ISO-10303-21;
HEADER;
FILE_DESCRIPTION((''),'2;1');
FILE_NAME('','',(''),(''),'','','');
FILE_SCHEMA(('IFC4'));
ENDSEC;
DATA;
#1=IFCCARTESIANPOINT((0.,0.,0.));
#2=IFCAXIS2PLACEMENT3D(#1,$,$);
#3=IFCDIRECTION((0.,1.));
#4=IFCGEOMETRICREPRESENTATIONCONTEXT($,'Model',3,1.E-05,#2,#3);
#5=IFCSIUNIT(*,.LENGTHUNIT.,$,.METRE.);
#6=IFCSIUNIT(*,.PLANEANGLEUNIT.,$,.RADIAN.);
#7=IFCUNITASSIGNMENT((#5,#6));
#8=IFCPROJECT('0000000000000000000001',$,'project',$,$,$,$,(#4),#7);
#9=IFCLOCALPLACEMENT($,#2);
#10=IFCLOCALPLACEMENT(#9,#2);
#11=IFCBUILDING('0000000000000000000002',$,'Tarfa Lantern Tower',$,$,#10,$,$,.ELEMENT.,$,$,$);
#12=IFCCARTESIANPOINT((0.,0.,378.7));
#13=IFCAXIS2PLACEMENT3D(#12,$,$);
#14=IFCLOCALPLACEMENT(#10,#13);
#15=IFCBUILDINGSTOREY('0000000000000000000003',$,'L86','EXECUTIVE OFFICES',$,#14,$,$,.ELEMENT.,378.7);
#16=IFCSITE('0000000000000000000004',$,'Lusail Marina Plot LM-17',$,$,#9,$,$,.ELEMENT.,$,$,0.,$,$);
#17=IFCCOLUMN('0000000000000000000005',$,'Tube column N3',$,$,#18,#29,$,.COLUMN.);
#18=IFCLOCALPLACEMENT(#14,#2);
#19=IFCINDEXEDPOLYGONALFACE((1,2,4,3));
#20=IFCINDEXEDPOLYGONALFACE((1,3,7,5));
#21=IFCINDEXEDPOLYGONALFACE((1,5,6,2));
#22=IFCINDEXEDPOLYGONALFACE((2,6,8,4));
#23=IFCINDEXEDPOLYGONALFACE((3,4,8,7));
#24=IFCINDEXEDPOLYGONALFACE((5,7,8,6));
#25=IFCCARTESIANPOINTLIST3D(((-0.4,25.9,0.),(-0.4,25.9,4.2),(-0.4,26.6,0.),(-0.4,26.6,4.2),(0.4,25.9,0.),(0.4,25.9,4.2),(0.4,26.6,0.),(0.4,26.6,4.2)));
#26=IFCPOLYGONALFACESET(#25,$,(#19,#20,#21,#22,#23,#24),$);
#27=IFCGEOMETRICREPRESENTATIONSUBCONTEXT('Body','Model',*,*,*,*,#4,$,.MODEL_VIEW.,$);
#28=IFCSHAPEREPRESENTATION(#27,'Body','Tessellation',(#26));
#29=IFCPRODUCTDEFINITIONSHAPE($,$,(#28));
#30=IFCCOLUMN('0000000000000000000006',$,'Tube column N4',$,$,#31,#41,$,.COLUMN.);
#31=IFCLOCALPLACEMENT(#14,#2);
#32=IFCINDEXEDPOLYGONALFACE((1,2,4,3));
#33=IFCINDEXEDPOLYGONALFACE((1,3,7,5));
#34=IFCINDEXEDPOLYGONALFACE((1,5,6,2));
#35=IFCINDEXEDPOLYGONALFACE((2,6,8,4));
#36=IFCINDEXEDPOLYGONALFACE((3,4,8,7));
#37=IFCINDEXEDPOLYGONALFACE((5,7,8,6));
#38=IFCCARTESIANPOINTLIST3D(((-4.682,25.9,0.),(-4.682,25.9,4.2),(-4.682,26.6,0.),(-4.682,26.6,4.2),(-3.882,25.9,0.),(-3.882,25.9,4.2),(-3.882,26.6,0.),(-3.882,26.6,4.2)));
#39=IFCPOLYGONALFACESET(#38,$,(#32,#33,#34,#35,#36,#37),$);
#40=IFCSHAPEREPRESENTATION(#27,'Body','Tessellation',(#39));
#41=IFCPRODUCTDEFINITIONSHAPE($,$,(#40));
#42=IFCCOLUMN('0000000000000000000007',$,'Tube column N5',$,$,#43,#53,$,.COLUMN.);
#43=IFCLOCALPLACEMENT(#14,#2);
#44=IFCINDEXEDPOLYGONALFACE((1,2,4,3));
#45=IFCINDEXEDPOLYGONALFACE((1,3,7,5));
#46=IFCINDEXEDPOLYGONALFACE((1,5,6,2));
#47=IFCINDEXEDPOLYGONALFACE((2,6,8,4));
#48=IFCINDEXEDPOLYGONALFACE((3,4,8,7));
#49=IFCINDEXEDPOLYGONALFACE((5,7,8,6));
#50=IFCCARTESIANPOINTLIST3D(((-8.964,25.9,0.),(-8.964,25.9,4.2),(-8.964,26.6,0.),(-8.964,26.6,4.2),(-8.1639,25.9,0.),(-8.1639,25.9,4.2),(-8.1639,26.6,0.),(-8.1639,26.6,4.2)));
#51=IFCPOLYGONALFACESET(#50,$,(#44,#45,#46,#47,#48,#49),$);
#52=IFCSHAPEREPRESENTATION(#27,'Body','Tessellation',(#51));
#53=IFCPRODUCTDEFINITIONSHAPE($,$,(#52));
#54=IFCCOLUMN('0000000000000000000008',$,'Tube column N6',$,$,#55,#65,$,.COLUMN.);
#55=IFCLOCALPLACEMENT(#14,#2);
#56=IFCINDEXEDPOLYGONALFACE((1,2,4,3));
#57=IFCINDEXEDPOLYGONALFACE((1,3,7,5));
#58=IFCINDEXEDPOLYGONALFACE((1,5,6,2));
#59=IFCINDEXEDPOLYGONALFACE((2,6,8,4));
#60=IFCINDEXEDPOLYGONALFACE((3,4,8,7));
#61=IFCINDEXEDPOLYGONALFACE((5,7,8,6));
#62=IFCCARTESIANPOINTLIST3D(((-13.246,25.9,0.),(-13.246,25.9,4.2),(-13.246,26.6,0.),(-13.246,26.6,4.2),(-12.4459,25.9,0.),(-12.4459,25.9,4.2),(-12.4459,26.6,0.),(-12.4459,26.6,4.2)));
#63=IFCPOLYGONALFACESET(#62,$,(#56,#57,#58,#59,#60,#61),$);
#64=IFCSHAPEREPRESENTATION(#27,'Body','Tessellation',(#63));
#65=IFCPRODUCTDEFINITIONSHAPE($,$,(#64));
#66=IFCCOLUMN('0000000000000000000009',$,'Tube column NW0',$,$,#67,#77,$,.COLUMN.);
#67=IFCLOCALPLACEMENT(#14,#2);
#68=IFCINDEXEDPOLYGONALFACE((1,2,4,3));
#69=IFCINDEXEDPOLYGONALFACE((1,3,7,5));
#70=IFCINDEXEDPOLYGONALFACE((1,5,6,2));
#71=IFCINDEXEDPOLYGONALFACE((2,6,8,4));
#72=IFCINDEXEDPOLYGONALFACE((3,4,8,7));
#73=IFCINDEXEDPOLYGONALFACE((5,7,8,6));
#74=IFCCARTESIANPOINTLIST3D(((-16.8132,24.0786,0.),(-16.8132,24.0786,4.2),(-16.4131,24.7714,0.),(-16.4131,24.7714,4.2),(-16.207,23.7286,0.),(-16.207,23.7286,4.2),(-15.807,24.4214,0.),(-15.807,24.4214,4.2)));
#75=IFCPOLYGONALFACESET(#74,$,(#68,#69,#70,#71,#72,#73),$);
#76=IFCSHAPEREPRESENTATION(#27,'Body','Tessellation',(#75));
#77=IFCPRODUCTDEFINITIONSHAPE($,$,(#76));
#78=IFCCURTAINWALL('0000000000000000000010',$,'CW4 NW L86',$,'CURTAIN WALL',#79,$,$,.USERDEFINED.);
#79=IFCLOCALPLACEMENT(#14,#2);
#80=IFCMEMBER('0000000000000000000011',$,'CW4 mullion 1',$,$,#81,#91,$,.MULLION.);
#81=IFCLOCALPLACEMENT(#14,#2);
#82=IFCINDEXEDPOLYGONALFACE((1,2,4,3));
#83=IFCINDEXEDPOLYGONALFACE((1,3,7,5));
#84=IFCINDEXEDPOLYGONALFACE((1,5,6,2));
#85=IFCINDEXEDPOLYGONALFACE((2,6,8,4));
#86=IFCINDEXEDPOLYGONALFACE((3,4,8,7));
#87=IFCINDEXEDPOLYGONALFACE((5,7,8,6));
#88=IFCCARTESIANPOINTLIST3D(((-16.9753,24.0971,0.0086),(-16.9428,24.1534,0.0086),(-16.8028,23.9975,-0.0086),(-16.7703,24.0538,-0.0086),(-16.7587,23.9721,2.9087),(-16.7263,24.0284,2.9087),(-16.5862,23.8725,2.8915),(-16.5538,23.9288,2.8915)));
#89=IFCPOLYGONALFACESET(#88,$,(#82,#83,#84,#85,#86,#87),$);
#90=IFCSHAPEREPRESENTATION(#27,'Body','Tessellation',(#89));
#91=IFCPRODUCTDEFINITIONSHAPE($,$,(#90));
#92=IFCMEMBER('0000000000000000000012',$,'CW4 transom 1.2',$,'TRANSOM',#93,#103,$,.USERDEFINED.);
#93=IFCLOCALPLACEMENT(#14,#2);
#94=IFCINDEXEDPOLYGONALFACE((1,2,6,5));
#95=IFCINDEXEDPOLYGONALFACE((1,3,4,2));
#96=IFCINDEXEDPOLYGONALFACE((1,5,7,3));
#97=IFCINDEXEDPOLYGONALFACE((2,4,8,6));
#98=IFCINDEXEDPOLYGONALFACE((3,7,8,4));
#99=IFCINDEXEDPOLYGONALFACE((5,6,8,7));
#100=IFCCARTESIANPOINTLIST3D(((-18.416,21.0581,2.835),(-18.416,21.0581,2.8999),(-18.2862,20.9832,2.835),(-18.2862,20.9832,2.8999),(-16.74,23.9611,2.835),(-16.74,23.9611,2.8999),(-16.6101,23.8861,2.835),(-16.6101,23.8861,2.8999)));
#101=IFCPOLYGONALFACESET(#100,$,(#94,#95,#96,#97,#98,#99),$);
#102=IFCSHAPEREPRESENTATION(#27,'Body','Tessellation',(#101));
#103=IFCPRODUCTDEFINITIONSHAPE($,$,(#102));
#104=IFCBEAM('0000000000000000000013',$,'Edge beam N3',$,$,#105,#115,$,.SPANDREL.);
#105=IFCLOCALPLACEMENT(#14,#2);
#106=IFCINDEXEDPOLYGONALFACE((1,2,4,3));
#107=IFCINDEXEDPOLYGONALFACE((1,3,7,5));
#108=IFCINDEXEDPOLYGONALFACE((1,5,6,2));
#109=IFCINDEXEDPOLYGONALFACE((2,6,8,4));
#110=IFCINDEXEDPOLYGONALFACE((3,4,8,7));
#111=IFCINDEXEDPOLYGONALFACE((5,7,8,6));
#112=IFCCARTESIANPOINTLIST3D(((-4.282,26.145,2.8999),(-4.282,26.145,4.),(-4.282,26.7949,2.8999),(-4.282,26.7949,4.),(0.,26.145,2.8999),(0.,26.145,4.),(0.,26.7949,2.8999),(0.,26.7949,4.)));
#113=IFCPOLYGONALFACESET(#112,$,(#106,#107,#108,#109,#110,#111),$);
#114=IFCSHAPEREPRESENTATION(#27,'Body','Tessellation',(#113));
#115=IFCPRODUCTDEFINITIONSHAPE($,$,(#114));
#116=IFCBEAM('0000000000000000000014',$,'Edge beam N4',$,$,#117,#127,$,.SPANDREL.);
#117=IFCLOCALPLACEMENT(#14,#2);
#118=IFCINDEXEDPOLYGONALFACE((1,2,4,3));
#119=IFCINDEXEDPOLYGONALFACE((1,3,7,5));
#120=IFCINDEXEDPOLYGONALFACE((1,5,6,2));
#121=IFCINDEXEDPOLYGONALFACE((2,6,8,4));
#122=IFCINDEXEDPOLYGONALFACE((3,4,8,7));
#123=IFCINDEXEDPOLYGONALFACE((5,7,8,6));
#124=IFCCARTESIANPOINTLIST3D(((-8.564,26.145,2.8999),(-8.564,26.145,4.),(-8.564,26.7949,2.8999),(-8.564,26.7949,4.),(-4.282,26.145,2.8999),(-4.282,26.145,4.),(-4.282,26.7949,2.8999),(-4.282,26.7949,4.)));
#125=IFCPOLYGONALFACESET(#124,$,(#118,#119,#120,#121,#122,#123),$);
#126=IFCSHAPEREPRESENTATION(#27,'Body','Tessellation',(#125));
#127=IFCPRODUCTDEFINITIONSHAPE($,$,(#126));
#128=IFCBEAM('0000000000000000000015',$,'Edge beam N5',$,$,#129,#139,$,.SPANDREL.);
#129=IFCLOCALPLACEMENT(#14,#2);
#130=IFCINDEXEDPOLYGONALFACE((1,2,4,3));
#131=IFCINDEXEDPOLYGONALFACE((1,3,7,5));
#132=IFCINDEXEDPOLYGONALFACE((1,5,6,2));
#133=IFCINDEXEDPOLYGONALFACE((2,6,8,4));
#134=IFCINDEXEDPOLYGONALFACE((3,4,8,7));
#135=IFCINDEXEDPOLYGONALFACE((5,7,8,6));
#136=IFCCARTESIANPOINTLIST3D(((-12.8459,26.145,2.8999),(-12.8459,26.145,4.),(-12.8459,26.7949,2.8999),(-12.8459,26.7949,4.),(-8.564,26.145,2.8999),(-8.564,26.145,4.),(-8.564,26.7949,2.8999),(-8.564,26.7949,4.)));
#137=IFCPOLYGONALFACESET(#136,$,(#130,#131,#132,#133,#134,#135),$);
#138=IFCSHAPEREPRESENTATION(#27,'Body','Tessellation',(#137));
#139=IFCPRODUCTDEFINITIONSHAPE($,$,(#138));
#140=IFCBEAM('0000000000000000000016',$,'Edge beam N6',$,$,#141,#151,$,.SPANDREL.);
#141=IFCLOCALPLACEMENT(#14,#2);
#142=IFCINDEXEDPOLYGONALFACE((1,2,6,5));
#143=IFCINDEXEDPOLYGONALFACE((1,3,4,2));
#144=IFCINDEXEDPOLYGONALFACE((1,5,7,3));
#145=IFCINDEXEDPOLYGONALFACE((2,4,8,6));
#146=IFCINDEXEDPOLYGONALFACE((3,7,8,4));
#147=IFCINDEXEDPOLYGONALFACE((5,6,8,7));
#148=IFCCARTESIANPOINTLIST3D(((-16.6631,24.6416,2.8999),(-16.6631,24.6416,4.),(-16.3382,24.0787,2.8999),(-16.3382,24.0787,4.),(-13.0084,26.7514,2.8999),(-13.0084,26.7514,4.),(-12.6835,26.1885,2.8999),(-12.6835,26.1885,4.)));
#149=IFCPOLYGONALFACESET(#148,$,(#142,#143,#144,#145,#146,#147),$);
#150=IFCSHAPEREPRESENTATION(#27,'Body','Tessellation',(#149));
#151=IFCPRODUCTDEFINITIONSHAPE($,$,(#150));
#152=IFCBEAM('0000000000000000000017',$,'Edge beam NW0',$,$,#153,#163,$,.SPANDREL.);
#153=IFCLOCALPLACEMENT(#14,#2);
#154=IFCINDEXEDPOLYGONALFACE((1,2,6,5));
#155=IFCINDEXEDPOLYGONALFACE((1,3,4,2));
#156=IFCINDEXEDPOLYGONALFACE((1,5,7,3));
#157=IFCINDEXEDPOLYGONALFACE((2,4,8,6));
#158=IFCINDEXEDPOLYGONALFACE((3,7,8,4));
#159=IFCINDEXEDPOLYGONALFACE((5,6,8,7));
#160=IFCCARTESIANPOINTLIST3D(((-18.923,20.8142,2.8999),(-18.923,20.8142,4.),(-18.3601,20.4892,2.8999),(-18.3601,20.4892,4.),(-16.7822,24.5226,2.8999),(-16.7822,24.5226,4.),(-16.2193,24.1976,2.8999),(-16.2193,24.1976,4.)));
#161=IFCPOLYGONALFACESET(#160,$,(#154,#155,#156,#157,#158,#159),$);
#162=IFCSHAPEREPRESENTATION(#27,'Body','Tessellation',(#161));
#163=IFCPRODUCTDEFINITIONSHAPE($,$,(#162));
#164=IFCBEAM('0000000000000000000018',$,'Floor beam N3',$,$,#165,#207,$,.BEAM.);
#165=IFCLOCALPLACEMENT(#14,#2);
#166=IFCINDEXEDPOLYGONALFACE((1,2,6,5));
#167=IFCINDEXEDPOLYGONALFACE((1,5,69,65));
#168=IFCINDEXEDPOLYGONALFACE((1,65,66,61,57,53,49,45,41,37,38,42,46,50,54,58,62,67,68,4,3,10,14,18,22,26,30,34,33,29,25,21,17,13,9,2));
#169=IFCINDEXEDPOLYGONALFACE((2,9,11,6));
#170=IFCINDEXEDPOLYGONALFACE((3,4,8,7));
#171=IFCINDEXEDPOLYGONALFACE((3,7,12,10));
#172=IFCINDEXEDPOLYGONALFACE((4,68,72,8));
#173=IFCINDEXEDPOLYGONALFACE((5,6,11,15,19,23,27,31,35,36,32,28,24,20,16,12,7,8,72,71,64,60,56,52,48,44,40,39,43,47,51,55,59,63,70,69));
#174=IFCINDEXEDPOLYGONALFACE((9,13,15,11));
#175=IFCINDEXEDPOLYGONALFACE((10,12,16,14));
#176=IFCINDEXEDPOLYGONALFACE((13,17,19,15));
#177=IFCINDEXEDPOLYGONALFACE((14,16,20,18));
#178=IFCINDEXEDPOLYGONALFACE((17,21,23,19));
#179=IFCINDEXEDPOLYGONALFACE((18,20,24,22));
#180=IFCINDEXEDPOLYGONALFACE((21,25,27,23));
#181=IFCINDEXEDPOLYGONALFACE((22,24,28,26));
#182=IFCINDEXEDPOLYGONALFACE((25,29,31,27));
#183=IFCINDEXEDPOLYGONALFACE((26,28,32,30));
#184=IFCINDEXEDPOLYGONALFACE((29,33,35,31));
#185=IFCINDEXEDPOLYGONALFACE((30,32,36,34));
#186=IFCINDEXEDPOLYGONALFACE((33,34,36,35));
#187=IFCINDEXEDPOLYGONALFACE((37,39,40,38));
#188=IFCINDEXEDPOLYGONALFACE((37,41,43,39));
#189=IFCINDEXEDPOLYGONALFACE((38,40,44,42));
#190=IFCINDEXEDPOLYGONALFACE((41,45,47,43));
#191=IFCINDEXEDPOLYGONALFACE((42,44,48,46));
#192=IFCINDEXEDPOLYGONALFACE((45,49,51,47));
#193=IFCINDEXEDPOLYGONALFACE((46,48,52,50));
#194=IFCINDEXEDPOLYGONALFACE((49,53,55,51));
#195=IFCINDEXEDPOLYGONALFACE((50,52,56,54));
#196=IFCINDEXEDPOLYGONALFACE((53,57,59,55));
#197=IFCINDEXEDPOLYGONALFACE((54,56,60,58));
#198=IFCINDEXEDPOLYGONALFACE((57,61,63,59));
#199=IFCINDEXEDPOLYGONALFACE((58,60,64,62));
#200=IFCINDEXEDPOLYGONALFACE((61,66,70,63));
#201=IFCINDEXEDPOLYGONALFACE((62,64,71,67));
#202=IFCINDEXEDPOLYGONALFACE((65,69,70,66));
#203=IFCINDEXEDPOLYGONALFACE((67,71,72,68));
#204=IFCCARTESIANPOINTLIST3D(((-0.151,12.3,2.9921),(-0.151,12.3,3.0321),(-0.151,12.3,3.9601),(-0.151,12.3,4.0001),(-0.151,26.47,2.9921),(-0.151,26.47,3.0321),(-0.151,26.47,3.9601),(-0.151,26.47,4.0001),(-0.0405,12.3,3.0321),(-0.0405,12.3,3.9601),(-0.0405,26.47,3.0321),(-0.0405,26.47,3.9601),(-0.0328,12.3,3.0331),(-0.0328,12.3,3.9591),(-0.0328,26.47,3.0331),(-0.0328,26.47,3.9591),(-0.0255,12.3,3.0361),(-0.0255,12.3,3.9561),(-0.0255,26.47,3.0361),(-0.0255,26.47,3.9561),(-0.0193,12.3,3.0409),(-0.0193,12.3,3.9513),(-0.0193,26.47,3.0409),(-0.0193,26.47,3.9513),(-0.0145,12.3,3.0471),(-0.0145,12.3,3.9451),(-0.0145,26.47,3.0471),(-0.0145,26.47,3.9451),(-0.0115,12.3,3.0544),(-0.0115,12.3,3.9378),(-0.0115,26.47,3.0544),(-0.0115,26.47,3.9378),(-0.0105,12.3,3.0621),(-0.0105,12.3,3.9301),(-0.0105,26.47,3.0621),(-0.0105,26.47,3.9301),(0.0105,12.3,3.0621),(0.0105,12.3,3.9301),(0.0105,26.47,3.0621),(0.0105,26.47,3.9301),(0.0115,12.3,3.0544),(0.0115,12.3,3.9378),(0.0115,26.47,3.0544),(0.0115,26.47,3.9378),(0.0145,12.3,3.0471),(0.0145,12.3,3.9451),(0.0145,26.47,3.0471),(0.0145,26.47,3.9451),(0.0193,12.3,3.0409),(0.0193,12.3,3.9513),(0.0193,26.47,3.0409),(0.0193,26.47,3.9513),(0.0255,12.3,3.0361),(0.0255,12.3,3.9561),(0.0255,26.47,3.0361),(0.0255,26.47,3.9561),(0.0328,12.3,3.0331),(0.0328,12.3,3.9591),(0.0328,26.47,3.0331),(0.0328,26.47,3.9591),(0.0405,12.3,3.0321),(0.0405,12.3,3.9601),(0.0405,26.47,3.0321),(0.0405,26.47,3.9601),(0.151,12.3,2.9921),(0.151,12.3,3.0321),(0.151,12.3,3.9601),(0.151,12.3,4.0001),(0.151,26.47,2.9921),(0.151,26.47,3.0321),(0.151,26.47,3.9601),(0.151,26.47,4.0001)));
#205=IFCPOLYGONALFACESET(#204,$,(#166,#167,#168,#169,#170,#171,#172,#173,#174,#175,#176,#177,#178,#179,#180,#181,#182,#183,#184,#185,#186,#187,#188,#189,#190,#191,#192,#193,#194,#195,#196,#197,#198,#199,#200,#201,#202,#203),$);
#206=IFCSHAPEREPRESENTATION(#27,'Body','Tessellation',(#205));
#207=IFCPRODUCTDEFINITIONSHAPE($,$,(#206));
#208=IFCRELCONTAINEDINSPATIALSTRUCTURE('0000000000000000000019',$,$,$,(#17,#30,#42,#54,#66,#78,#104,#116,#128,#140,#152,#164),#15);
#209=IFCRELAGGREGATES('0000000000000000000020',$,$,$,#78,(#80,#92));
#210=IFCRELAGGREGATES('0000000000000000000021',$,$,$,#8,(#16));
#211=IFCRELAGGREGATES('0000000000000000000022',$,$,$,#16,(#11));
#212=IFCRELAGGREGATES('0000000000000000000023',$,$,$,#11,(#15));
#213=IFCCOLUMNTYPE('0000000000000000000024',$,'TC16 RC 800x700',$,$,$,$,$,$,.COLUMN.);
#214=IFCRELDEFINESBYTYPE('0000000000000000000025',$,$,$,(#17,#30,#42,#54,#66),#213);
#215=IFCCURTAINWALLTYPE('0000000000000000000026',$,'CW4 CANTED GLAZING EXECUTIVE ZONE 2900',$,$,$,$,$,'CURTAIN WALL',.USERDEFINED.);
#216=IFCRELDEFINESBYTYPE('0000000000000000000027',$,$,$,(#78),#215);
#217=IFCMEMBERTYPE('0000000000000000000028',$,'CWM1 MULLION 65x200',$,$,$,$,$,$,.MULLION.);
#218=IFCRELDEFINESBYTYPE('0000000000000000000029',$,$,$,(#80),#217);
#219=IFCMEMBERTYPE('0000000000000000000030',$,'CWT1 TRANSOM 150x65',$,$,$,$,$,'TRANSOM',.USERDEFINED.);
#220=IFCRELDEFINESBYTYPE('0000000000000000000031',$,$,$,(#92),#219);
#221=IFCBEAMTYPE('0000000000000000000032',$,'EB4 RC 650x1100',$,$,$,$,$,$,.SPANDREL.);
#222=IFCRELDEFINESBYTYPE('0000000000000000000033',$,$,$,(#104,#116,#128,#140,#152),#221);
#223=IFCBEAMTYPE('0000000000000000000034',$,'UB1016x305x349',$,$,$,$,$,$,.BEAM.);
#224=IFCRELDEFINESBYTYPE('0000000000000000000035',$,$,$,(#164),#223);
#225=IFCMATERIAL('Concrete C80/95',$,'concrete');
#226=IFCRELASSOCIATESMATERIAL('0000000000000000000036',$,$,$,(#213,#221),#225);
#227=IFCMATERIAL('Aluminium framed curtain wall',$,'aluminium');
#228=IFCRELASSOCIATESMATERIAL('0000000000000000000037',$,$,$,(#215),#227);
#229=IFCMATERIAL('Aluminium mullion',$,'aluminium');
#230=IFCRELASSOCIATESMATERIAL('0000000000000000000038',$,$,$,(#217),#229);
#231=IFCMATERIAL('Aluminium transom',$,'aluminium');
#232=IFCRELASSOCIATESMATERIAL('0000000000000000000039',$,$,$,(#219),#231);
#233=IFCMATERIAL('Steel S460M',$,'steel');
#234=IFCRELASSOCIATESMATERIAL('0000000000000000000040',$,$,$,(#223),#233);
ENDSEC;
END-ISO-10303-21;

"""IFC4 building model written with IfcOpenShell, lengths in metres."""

from ifc_helpers import new_model, si_unit, direction, frame, origin, origin_2d, place, context, subcontext, project, spatial, rectangle, i_section, extrude, material, material_profile, profile_set, type_object, element, aggregate, save


model = new_model("IFC4")

# Units and contexts
model_context = context("Model", 3, precision=1e-05, world=origin(), true_north=direction((0.0, 1.0)))
body_context = subcontext(model_context, "Body", "Model", "MODEL_VIEW")
ifc_project = project(units=[si_unit("LENGTHUNIT", "METRE"), si_unit("PLANEANGLEUNIT", "RADIAN")], contexts=[model_context])

# Site, building, storey
site_placement = place(None, origin())
site = spatial("IfcSite", under=ifc_project, at=site_placement, Name="Lusail Marina Plot LM-17", CompositionType="ELEMENT", RefElevation=0.0)
building_placement = place(site_placement, origin())
building = spatial("IfcBuilding", under=site, at=building_placement, Name="Tarfa Lantern Tower", CompositionType="ELEMENT")
storey_placement = place(building_placement, frame((0.0, 0.0, 378.7)))
storey = spatial("IfcBuildingStorey", under=building, at=storey_placement, Name="L86", Description="EXECUTIVE OFFICES", CompositionType="ELEMENT", Elevation=378.7)

# Columns
ifc_material_1 = material(Name="Concrete C80/95", Category="concrete")
ifc_material_profile_1 = material_profile(ifc_material_1, rectangle(XDim=0.8, YDim=0.7, at=origin_2d()), Name="RC 800x700")
ifc_profile_set_1 = profile_set([ifc_material_profile_1], Name="Concrete C80/95")
column_type = type_object("IfcColumnType", Name="TC16 RC 800x700", PredefinedType="COLUMN", material=ifc_profile_set_1)
for number, where, z_axis, x_axis, name in (
    (1, (0.0, 26.25, 0.0), (0.0, 0.0, 1.0), (-1.0, 0.0, 0.0), "Tube column N3"),
    (2, (-4.282, 26.25, 0.0), (0.0, 0.0, 1.0), (-1.0, 0.0, 0.0), "Tube column N4"),
    (3, (-8.564, 26.25, 0.0), (0.0, 0.0, 1.0), (-1.0, 0.0, 0.0), "Tube column N5"),
    (4, (-12.8459, 26.25, 0.0), (0.0, 0.0, 1.0), (-1.0, 0.0, 0.0), "Tube column N6"),
    (5, (-16.3101, 24.25, 0.0), (0.0, 0.0, 1.0), (-0.5, -0.866025, 0.0), "Tube column NW0"),
):
    element("IfcColumn", number, at=place(storey_placement, frame(where, z_axis=z_axis, x_axis=x_axis)), inside=storey, type_object=column_type, Name=name, PredefinedType="COLUMN", context=body_context, shape_type="SweptSolid", body=[
        extrude(rectangle(XDim=0.8, YDim=0.7, at=origin_2d()), origin(), (0.0, 0.0, 1.0), 4.2),
    ])

# Curtain wall, members
ifc_material_2 = material(Name="Aluminium framed curtain wall", Category="aluminium")
curtain_wall_type = type_object("IfcCurtainWallType", Name="CW4 CANTED GLAZING EXECUTIVE ZONE 2900", ElementType="CURTAIN WALL", PredefinedType="USERDEFINED", material=ifc_material_2)
curtain_wall_placement = place(storey_placement, origin())
curtain_wall = element("IfcCurtainWall", 6, at=curtain_wall_placement, inside=storey, type_object=curtain_wall_type, Name="CW4 NW L86", ObjectType="CURTAIN WALL", PredefinedType="USERDEFINED")
ifc_material_3 = material(Name="Aluminium mullion", Category="aluminium")
ifc_material_profile_2 = material_profile(ifc_material_3, rectangle(XDim=0.0649, YDim=0.2, at=origin_2d()), Name="AL MULLION 65x200")
ifc_profile_set_2 = profile_set([ifc_material_profile_2], Name="Aluminium mullion")
member_type_1 = type_object("IfcMemberType", Name="CWM1 MULLION 65x200", PredefinedType="MULLION", material=ifc_profile_set_2)
member_1_placement = place(storey_placement, frame((-16.8728, 24.0754, 0.0), z_axis=(0.074394, -0.042942, 0.996304), x_axis=(0.49992, 0.866072, 0.0)))
member_1 = element("IfcMember", 7, at=member_1_placement, type_object=member_type_1, Name="CW4 mullion 1", PredefinedType="MULLION", context=body_context, shape_type="SweptSolid", body=[
    extrude(rectangle(XDim=0.0649, YDim=0.2, at=origin_2d()), origin(), (0.0, 0.0, 1.0), 2.9109),
])
ifc_material_4 = material(Name="Aluminium transom", Category="aluminium")
ifc_material_profile_3 = material_profile(ifc_material_4, rectangle(XDim=0.1499, YDim=0.0649, at=origin_2d()), Name="AL TRANSOM 150x65")
ifc_profile_set_3 = profile_set([ifc_material_profile_3], Name="Aluminium transom")
member_type_2 = type_object("IfcMemberType", Name="CWT1 TRANSOM 150x65", ElementType="TRANSOM", PredefinedType="USERDEFINED", material=ifc_profile_set_3)
member_2_placement = place(storey_placement, frame((-16.675, 23.9236, 2.8674), z_axis=(-0.500017, -0.866016, 0.0), x_axis=(0.866016, -0.500017, 0.0)))
member_2 = element("IfcMember", 8, at=member_2_placement, type_object=member_type_2, Name="CW4 transom 1.2", ObjectType="TRANSOM", PredefinedType="USERDEFINED", context=body_context, shape_type="SweptSolid", body=[
    extrude(rectangle(XDim=0.1499, YDim=0.0649, at=origin_2d()), origin(), (0.0, 0.0, 1.0), 3.3521),
])

# Beams
ifc_material_profile_4 = material_profile(ifc_material_1, rectangle(XDim=0.6499, YDim=1.1001, at=origin_2d()), Name="RC 650x1100")
ifc_profile_set_4 = profile_set([ifc_material_profile_4], Name="Concrete C80/95")
beam_type_1 = type_object("IfcBeamType", Name="EB4 RC 650x1100", PredefinedType="SPANDREL", material=ifc_profile_set_4)
for number, where, z_axis, x_axis, name in (
    (9, (0.0, 26.47, 3.45), (-1.0, 0.0, 0.0), (0.0, -1.0, 0.0), "Edge beam N3"),
    (10, (-4.282, 26.47, 3.45), (-1.0, 0.0, 0.0), (0.0, -1.0, 0.0), "Edge beam N4"),
    (11, (-8.564, 26.47, 3.45), (-1.0, 0.0, 0.0), (0.0, -1.0, 0.0), "Edge beam N5"),
):
    element("IfcBeam", number, at=place(storey_placement, frame(where, z_axis=z_axis, x_axis=x_axis)), inside=storey, type_object=beam_type_1, Name=name, PredefinedType="SPANDREL", context=body_context, shape_type="SweptSolid", body=[
        extrude(rectangle(XDim=0.6499, YDim=1.1001, at=origin_2d()), origin(), (0.0, 0.0, 1.0), 4.282),
    ])
beam_1_placement = place(storey_placement, frame((-12.8459, 26.47, 3.45), z_axis=(-0.866049, -0.499959, 0.0), x_axis=(0.499959, -0.866049, 0.0)))
element("IfcBeam", 12, at=beam_1_placement, inside=storey, type_object=beam_type_1, Name="Edge beam N6", PredefinedType="SPANDREL", context=body_context, shape_type="SweptSolid", body=[
    extrude(rectangle(XDim=0.6499, YDim=1.1001, at=origin_2d()), origin(), (0.0, 0.0, 1.0), 4.22),
])
beam_2_placement = place(storey_placement, frame((-16.5007, 24.3601, 3.45), z_axis=(-0.499959, -0.866049, 0.0), x_axis=(0.866049, -0.499959, 0.0)))
element("IfcBeam", 13, at=beam_2_placement, inside=storey, type_object=beam_type_1, Name="Edge beam NW0", PredefinedType="SPANDREL", context=body_context, shape_type="SweptSolid", body=[
    extrude(rectangle(XDim=0.6499, YDim=1.1001, at=origin_2d()), origin(), (0.0, 0.0, 1.0), 4.282),
])
ifc_material_5 = material(Name="Steel S460M", Category="steel")
ifc_material_profile_5 = material_profile(ifc_material_5, i_section(OverallWidth=0.302, OverallDepth=1.0081, WebThickness=0.021, FlangeThickness=0.04, FilletRadius=0.03, at=origin_2d()), Name="UB1016x305x349")
ifc_profile_set_5 = profile_set([ifc_material_profile_5], Name="Steel S460M")
beam_type_2 = type_object("IfcBeamType", Name="UB1016x305x349", PredefinedType="BEAM", material=ifc_profile_set_5)
for number, where, z_axis, x_axis, name in (
    (14, (0.0, 26.47, 3.4961), (0.0, -1.0, 0.0), (1.0, 0.0, 0.0), "Floor beam N3"),
):
    element("IfcBeam", number, at=place(storey_placement, frame(where, z_axis=z_axis, x_axis=x_axis)), inside=storey, type_object=beam_type_2, Name=name, PredefinedType="BEAM", context=body_context, shape_type="SweptSolid", body=[
        extrude(i_section(OverallWidth=0.302, OverallDepth=1.0081, WebThickness=0.021, FlangeThickness=0.04, FilletRadius=0.03, at=origin_2d()), origin(), (0.0, 0.0, 1.0), 14.1699),
    ])

aggregate(curtain_wall, [member_1, member_2])

save(model, "model.ifc")
